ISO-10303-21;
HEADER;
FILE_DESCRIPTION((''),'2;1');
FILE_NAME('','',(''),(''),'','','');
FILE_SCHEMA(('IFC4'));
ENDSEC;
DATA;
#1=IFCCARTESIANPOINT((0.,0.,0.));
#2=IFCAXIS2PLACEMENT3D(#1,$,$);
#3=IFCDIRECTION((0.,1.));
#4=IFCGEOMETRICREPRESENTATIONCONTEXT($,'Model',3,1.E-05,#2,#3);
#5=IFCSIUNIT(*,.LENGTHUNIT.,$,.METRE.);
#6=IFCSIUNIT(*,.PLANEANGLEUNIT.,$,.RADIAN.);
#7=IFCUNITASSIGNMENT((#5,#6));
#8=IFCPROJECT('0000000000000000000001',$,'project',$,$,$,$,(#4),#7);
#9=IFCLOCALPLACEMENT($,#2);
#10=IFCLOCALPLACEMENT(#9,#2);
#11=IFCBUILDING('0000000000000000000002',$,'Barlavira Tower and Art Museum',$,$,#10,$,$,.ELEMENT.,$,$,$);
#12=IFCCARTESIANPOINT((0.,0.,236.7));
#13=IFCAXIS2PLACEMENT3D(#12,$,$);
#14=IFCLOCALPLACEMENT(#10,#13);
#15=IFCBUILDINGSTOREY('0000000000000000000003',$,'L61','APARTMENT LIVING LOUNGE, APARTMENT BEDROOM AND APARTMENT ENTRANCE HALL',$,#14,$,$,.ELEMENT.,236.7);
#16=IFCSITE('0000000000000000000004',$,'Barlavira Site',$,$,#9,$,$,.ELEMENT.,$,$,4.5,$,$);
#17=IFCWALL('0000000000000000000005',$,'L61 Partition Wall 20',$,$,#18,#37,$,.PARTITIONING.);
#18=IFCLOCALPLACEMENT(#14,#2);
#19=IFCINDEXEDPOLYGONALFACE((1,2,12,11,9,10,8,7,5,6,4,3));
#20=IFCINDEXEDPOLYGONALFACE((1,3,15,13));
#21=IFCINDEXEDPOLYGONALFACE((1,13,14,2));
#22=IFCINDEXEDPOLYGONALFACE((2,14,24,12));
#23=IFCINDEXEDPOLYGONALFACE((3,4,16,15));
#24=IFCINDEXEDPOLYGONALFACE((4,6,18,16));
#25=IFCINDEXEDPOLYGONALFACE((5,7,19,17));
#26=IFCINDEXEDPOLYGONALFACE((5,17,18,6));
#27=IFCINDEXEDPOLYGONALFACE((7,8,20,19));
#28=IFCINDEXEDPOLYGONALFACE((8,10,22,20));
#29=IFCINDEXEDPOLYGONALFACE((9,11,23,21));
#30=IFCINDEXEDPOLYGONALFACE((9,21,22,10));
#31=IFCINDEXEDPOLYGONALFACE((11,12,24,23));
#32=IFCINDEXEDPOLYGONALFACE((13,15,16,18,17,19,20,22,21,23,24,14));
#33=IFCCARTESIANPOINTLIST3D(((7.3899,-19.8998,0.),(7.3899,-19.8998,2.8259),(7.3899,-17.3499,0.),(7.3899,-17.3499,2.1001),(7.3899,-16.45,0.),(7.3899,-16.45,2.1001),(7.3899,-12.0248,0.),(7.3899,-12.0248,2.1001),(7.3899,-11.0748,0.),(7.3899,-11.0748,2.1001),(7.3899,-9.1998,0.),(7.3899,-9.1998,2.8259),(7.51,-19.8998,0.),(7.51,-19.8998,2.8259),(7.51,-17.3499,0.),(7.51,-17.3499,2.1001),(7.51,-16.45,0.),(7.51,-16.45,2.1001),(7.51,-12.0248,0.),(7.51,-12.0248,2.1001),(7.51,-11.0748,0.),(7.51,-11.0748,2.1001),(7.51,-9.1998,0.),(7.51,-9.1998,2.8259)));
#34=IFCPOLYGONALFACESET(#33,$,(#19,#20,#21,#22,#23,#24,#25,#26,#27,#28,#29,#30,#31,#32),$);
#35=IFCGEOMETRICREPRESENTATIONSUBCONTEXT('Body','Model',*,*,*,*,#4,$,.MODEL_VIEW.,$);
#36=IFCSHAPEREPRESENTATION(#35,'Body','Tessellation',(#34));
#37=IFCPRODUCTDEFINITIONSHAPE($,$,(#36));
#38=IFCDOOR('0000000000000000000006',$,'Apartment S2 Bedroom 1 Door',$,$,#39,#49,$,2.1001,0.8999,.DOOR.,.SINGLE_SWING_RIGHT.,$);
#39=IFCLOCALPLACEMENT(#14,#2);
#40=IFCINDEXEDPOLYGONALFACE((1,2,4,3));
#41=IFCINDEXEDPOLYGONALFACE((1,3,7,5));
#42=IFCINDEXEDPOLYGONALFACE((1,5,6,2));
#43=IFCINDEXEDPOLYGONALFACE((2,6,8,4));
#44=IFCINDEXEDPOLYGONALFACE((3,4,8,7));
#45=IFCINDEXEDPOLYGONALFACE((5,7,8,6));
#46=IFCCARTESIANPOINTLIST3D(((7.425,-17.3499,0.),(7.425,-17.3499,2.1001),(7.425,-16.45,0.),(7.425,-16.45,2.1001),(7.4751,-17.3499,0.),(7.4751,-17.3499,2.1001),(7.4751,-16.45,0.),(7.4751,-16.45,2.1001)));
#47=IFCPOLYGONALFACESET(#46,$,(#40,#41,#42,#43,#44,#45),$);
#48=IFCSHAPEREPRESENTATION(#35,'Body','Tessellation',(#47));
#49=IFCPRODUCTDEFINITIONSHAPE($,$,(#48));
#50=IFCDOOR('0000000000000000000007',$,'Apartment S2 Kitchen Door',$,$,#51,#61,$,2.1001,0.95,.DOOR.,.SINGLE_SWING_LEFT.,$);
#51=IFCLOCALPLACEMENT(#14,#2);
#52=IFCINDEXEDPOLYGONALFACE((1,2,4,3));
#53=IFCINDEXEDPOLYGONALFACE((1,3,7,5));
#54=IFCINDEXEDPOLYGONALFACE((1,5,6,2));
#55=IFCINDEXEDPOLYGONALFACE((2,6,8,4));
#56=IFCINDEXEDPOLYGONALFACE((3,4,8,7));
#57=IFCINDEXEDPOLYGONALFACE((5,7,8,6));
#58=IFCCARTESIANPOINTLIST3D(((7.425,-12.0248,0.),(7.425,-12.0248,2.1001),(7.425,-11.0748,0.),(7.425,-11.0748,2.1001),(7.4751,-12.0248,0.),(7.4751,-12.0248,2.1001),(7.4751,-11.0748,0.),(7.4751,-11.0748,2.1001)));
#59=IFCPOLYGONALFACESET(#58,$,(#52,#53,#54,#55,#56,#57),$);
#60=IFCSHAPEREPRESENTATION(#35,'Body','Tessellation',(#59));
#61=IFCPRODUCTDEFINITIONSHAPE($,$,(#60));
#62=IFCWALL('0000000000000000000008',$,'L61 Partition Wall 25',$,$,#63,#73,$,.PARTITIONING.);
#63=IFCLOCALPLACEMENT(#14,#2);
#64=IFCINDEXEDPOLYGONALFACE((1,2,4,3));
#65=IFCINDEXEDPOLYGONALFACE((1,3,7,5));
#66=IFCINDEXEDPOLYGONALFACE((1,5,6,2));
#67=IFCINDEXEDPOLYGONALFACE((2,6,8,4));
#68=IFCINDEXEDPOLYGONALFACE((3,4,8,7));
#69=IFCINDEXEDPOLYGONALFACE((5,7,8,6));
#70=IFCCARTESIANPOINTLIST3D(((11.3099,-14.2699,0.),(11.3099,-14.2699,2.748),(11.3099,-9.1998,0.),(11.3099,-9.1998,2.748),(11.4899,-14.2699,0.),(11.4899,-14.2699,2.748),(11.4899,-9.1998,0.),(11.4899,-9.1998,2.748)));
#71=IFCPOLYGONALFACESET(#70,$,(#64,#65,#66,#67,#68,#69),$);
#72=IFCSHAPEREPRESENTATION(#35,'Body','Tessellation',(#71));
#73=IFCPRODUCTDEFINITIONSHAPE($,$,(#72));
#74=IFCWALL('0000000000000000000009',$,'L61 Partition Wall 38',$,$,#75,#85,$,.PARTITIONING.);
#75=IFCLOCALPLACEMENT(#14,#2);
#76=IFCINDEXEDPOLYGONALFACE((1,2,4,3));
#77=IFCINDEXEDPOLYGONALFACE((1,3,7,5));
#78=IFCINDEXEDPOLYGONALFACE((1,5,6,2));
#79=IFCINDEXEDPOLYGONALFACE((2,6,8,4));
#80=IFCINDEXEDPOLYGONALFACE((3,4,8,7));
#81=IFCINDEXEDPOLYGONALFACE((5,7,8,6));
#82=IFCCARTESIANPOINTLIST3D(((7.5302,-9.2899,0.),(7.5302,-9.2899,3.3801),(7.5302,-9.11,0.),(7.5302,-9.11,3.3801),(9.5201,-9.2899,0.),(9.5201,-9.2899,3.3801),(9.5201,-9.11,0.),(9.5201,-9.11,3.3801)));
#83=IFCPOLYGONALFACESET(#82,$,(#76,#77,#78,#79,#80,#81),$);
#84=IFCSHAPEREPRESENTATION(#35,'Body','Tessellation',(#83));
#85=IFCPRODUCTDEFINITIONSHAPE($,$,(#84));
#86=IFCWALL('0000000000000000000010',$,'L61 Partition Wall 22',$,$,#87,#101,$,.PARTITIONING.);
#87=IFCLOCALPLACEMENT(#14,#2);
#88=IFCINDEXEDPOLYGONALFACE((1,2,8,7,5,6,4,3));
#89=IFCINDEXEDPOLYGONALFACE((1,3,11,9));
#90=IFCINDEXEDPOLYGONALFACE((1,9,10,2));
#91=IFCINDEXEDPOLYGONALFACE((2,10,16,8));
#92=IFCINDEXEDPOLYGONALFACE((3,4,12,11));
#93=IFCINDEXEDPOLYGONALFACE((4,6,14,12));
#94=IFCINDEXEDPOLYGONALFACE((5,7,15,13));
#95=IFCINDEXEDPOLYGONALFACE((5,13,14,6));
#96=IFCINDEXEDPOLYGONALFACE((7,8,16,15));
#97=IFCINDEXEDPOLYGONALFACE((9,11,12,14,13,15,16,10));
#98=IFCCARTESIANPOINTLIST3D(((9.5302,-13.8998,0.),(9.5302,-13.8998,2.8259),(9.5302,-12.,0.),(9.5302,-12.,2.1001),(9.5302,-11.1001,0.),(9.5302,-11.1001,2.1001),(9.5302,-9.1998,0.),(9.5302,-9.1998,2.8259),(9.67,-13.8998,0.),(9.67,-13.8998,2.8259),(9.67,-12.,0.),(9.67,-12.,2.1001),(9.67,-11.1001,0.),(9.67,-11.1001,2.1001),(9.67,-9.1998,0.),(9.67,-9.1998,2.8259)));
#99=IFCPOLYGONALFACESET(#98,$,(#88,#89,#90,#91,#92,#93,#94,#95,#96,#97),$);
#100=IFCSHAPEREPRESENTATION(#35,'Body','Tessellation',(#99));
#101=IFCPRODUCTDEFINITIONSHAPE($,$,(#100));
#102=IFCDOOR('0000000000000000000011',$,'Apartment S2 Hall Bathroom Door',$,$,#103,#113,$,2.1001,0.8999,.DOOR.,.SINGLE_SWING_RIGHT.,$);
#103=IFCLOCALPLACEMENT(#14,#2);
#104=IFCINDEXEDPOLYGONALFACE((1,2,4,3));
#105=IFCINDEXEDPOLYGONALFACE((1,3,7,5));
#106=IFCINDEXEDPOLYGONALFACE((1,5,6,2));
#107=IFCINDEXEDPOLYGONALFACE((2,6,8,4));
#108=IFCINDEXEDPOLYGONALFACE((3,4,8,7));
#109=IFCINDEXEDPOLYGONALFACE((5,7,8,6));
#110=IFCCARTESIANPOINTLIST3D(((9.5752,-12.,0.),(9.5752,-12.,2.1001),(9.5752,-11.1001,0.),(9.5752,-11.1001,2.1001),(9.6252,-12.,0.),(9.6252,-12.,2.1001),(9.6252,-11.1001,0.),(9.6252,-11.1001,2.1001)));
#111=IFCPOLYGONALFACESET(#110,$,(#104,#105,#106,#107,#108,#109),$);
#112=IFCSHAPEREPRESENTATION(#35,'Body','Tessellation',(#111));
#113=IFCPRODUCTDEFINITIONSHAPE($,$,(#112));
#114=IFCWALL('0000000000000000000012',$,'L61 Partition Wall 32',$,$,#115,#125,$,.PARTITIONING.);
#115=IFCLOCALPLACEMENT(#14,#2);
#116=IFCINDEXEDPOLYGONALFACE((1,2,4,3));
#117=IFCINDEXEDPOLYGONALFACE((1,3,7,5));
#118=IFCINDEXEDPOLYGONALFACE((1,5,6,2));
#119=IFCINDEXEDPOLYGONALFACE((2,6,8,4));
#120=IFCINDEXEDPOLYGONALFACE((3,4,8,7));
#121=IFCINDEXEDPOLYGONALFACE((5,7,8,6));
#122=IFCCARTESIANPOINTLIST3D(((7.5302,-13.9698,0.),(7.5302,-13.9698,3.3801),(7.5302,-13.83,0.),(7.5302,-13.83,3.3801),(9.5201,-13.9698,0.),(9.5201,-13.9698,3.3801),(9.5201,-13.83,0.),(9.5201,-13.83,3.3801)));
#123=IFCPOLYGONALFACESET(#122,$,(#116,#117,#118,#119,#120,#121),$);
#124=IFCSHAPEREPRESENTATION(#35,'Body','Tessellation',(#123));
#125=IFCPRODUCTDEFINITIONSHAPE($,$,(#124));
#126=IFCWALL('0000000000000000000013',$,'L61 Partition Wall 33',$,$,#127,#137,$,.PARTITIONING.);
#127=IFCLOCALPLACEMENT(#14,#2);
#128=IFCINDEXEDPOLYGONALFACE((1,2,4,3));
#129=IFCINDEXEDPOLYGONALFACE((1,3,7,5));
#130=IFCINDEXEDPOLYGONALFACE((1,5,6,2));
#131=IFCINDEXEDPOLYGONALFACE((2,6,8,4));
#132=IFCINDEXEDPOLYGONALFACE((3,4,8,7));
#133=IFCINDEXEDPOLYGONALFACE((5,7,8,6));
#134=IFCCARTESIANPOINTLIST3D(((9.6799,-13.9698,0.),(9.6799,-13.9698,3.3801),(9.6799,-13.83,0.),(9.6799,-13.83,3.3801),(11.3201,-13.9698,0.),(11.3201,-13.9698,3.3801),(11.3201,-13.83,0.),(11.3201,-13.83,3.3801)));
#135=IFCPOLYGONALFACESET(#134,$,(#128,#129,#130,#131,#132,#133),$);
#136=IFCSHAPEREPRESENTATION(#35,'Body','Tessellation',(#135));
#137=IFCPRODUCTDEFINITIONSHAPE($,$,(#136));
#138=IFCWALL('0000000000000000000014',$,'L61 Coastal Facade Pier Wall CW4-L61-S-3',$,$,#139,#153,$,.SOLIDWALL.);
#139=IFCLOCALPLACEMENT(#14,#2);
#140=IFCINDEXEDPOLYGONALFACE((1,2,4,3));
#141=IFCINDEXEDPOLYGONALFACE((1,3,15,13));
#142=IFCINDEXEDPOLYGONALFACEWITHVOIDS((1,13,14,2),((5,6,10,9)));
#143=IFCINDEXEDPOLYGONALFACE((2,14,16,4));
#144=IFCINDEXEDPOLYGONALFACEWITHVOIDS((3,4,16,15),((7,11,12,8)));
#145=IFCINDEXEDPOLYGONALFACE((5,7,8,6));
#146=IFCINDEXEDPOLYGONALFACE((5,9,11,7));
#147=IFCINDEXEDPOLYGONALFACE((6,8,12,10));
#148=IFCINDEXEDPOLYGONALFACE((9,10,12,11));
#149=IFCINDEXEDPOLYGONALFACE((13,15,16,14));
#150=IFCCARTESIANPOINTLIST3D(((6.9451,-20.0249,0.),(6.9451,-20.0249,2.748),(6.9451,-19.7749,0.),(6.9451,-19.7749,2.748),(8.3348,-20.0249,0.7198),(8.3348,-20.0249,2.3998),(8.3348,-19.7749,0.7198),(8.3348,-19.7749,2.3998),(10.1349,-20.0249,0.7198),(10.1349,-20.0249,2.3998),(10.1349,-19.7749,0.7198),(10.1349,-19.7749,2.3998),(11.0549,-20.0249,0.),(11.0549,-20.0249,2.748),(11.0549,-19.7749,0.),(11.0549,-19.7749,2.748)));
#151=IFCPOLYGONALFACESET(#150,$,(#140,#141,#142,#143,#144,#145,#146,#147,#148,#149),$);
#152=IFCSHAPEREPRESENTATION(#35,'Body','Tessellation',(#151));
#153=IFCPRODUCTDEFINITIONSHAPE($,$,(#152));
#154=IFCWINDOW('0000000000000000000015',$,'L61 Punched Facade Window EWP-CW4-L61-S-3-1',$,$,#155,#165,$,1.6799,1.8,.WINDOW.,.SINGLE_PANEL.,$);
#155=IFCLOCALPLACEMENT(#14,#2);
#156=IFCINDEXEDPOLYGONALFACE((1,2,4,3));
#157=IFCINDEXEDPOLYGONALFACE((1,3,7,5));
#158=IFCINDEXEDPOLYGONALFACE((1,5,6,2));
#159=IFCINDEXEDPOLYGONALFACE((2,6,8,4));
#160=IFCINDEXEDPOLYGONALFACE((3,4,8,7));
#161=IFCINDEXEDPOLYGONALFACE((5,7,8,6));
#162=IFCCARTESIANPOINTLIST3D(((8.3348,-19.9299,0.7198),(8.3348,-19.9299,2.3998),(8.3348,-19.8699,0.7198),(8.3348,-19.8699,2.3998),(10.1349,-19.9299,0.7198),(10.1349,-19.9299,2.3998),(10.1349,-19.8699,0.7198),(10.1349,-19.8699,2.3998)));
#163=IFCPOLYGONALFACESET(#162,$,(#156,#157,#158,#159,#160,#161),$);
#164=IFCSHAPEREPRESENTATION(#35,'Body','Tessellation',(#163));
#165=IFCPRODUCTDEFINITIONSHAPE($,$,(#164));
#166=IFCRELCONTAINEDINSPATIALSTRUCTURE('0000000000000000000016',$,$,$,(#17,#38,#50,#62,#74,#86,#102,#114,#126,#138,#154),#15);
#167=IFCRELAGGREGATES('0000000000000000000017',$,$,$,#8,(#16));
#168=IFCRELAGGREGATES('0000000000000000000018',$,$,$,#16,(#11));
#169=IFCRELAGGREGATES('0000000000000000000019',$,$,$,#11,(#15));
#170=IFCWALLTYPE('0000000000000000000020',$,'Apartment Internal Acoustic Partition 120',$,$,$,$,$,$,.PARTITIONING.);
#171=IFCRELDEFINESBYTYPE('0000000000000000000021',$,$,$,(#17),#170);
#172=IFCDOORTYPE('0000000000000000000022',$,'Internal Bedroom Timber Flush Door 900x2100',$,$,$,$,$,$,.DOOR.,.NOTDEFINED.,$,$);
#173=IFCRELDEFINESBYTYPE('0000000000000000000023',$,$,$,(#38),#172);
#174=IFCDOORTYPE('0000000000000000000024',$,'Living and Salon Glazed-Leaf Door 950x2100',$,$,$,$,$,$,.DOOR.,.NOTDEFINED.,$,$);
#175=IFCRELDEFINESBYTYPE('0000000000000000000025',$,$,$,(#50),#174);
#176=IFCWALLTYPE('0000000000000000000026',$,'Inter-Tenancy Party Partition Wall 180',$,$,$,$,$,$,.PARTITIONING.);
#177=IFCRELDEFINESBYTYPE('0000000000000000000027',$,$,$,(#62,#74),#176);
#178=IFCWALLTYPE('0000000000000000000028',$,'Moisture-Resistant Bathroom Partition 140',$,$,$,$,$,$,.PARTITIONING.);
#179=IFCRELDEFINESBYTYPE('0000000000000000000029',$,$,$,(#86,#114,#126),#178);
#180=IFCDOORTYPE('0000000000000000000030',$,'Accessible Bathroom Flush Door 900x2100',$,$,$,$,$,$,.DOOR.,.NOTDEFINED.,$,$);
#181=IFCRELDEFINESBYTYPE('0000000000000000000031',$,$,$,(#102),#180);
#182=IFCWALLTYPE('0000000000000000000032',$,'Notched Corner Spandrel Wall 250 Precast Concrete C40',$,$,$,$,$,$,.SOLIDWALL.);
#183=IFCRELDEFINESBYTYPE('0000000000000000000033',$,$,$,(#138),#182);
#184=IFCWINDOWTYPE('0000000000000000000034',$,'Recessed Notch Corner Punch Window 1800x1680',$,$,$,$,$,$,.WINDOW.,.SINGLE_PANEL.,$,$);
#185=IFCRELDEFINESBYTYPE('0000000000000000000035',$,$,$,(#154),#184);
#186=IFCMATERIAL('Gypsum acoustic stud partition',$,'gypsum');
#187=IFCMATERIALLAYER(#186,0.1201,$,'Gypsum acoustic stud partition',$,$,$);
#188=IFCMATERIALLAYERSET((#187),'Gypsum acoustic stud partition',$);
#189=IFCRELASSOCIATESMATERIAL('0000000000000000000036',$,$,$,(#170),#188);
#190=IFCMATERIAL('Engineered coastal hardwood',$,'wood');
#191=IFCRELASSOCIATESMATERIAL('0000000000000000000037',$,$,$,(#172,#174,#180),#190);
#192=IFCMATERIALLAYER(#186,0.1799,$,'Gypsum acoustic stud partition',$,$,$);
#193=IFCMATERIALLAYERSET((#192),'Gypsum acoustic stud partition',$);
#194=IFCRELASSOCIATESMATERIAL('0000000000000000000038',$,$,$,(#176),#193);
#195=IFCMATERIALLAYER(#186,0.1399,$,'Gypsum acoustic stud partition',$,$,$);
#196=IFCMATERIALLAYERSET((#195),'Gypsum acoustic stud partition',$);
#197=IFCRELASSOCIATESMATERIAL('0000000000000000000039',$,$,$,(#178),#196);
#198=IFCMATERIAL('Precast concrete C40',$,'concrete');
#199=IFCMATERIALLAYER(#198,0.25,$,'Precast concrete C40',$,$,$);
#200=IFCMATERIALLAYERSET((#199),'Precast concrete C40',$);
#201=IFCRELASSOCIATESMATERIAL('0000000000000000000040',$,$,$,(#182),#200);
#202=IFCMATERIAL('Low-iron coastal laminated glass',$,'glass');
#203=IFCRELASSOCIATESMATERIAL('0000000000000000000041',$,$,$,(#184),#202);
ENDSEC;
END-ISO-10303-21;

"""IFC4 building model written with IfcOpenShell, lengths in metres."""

from ifc_helpers import new_model, si_unit, direction, frame, frame_2d, origin, place, context, subcontext, project, spatial, rectangle, extrude, material, layer, layer_set, type_object, element, fill, save


model = new_model("IFC4")

# Units and contexts
model_context = context("Model", 3, precision=1e-05, world=origin(), true_north=direction((0.0, 1.0)))
body_context = subcontext(model_context, "Body", "Model", "MODEL_VIEW")
ifc_project = project(units=[si_unit("LENGTHUNIT", "METRE"), si_unit("PLANEANGLEUNIT", "RADIAN")], contexts=[model_context])

# Site, building, storey
site_placement = place(None, origin())
site = spatial("IfcSite", under=ifc_project, at=site_placement, Name="Barlavira Site", CompositionType="ELEMENT", RefElevation=4.5)
building_placement = place(site_placement, origin())
building = spatial("IfcBuilding", under=site, at=building_placement, Name="Barlavira Tower and Art Museum", CompositionType="ELEMENT")
storey_placement = place(building_placement, frame((0.0, 0.0, 236.7)))
storey = spatial("IfcBuildingStorey", under=building, at=storey_placement, Name="L61", Description="APARTMENT LIVING LOUNGE, APARTMENT BEDROOM AND APARTMENT ENTRANCE HALL", CompositionType="ELEMENT", Elevation=236.7)

# Wall, openings, doors
ifc_material_1 = material(Name="Gypsum acoustic stud partition", Category="gypsum")
ifc_layer_1 = layer(ifc_material_1, 0.1201, Name="Gypsum acoustic stud partition")
ifc_layer_set_1 = layer_set([ifc_layer_1], Name="Gypsum acoustic stud partition")
wall_type_1 = type_object("IfcWallType", Name="Apartment Internal Acoustic Partition 120", PredefinedType="PARTITIONING", material=ifc_layer_set_1)
wall_1_placement = place(storey_placement, frame((7.45, -19.8999, 0.0), z_axis=(0.0, 0.0, 1.0), x_axis=(0.0, 1.0, 0.0)))
wall_1 = element("IfcWall", 1, at=wall_1_placement, inside=storey, type_object=wall_type_1, Name="L61 Partition Wall 20", PredefinedType="PARTITIONING", context=body_context, shape_type="SweptSolid", body=[
    extrude(rectangle(XDim=10.7, YDim=0.1201, at=frame_2d((5.3501, 0.0))), origin(), (0.0, 0.0, 1.0), 2.8259),
])
opening_1_placement = place(wall_1_placement, frame((7.875, 0.0, 0.0)))
opening_1 = element("IfcOpeningElement", 2, at=opening_1_placement, cuts=wall_1, PredefinedType="OPENING", context=body_context, shape_type="SweptSolid", body=[
    extrude(rectangle(XDim=0.95, YDim=2.1001, at=frame_2d((0.4751, 1.05))), frame((0.0, 0.0701, 0.0), z_axis=(0.0, -1.0, 0.0), x_axis=(1.0, 0.0, 0.0)), (0.0, 0.0, 1.0), 0.1401),
])
opening_2_placement = place(wall_1_placement, frame((2.55, 0.0, 0.0)))
opening_2 = element("IfcOpeningElement", 3, at=opening_2_placement, cuts=wall_1, PredefinedType="OPENING", context=body_context, shape_type="SweptSolid", body=[
    extrude(rectangle(XDim=0.8999, YDim=2.1001, at=frame_2d((0.45, 1.05))), frame((0.0, 0.0701, 0.0), z_axis=(0.0, -1.0, 0.0), x_axis=(1.0, 0.0, 0.0)), (0.0, 0.0, 1.0), 0.1401),
])
ifc_material_2 = material(Name="Engineered coastal hardwood", Category="wood")
door_type_1 = type_object("IfcDoorType", Name="Internal Bedroom Timber Flush Door 900x2100", OperationType="NOTDEFINED", PredefinedType="DOOR", material=ifc_material_2)
door_1_placement = place(opening_2_placement, origin())
door_1 = element("IfcDoor", 4, at=door_1_placement, inside=storey, type_object=door_type_1, Name="Apartment S2 Bedroom 1 Door", OperationType="SINGLE_SWING_RIGHT", OverallHeight=2.1001, OverallWidth=0.8999, PredefinedType="DOOR", context=body_context, shape_type="SweptSolid", body=[
    extrude(rectangle(XDim=0.8999, YDim=2.1001, at=frame_2d((0.45, 1.05))), frame((0.0, 0.0249, 0.0), z_axis=(0.0, -1.0, 0.0), x_axis=(1.0, 0.0, 0.0)), (0.0, 0.0, 1.0), 0.05),
])
fill(opening_2, door_1)
door_type_2 = type_object("IfcDoorType", Name="Living and Salon Glazed-Leaf Door 950x2100", OperationType="NOTDEFINED", PredefinedType="DOOR", material=ifc_material_2)
door_2_placement = place(opening_1_placement, origin())
door_2 = element("IfcDoor", 5, at=door_2_placement, inside=storey, type_object=door_type_2, Name="Apartment S2 Kitchen Door", OperationType="SINGLE_SWING_LEFT", OverallHeight=2.1001, OverallWidth=0.95, PredefinedType="DOOR", context=body_context, shape_type="SweptSolid", body=[
    extrude(rectangle(XDim=0.95, YDim=2.1001, at=frame_2d((0.4751, 1.05))), frame((0.0, 0.0249, 0.0), z_axis=(0.0, -1.0, 0.0), x_axis=(1.0, 0.0, 0.0)), (0.0, 0.0, 1.0), 0.05),
])
fill(opening_1, door_2)

# Walls
ifc_layer_2 = layer(ifc_material_1, 0.1799, Name="Gypsum acoustic stud partition")
ifc_layer_set_2 = layer_set([ifc_layer_2], Name="Gypsum acoustic stud partition")
wall_type_2 = type_object("IfcWallType", Name="Inter-Tenancy Party Partition Wall 180", PredefinedType="PARTITIONING", material=ifc_layer_set_2)
wall_2_placement = place(storey_placement, frame((11.3999, -14.27, 0.0), z_axis=(0.0, 0.0, 1.0), x_axis=(0.0, 1.0, 0.0)))
element("IfcWall", 6, at=wall_2_placement, inside=storey, type_object=wall_type_2, Name="L61 Partition Wall 25", PredefinedType="PARTITIONING", context=body_context, shape_type="SweptSolid", body=[
    extrude(rectangle(XDim=5.0701, YDim=0.1799, at=frame_2d((2.5352, 0.0))), origin(), (0.0, 0.0, 1.0), 2.748),
])
wall_3_placement = place(storey_placement, frame((7.53, -9.2, 0.0), z_axis=(0.0, 0.0, 1.0), x_axis=(1.0, 0.0, 0.0)))
element("IfcWall", 7, at=wall_3_placement, inside=storey, type_object=wall_type_2, Name="L61 Partition Wall 38", PredefinedType="PARTITIONING", context=body_context, shape_type="SweptSolid", body=[
    extrude(rectangle(XDim=1.99, YDim=0.1799, at=frame_2d((0.9951, 0.0))), origin(), (0.0, 0.0, 1.0), 3.3801),
])

# Wall, opening, door
ifc_layer_3 = layer(ifc_material_1, 0.1399, Name="Gypsum acoustic stud partition")
ifc_layer_set_3 = layer_set([ifc_layer_3], Name="Gypsum acoustic stud partition")
wall_type_3 = type_object("IfcWallType", Name="Moisture-Resistant Bathroom Partition 140", PredefinedType="PARTITIONING", material=ifc_layer_set_3)
wall_4_placement = place(storey_placement, frame((9.6001, -13.8999, 0.0), z_axis=(0.0, 0.0, 1.0), x_axis=(0.0, 1.0, 0.0)))
wall_4 = element("IfcWall", 8, at=wall_4_placement, inside=storey, type_object=wall_type_3, Name="L61 Partition Wall 22", PredefinedType="PARTITIONING", context=body_context, shape_type="SweptSolid", body=[
    extrude(rectangle(XDim=4.7, YDim=0.1399, at=frame_2d((2.3501, 0.0))), origin(), (0.0, 0.0, 1.0), 2.8259),
])
opening_3_placement = place(wall_4_placement, frame((1.8999, 0.0, 0.0)))
opening_3 = element("IfcOpeningElement", 9, at=opening_3_placement, cuts=wall_4, PredefinedType="OPENING", context=body_context, shape_type="SweptSolid", body=[
    extrude(rectangle(XDim=0.8999, YDim=2.1001, at=frame_2d((0.45, 1.05))), frame((0.0, 0.0801, 0.0), z_axis=(0.0, -1.0, 0.0), x_axis=(1.0, 0.0, 0.0)), (0.0, 0.0, 1.0), 0.1599),
])
door_type_3 = type_object("IfcDoorType", Name="Accessible Bathroom Flush Door 900x2100", OperationType="NOTDEFINED", PredefinedType="DOOR", material=ifc_material_2)
door_3_placement = place(opening_3_placement, origin())
door_3 = element("IfcDoor", 10, at=door_3_placement, inside=storey, type_object=door_type_3, Name="Apartment S2 Hall Bathroom Door", OperationType="SINGLE_SWING_RIGHT", OverallHeight=2.1001, OverallWidth=0.8999, PredefinedType="DOOR", context=body_context, shape_type="SweptSolid", body=[
    extrude(rectangle(XDim=0.8999, YDim=2.1001, at=frame_2d((0.45, 1.05))), frame((0.0, 0.0249, 0.0), z_axis=(0.0, -1.0, 0.0), x_axis=(1.0, 0.0, 0.0)), (0.0, 0.0, 1.0), 0.05),
])
fill(opening_3, door_3)

# Walls
wall_5_placement = place(storey_placement, frame((7.53, -13.8999, 0.0), z_axis=(0.0, 0.0, 1.0), x_axis=(1.0, 0.0, 0.0)))
element("IfcWall", 11, at=wall_5_placement, inside=storey, type_object=wall_type_3, Name="L61 Partition Wall 32", PredefinedType="PARTITIONING", context=body_context, shape_type="SweptSolid", body=[
    extrude(rectangle(XDim=1.99, YDim=0.1399, at=frame_2d((0.9951, 0.0))), origin(), (0.0, 0.0, 1.0), 3.3801),
])
wall_6_placement = place(storey_placement, frame((9.6799, -13.8999, 0.0), z_axis=(0.0, 0.0, 1.0), x_axis=(1.0, 0.0, 0.0)))
element("IfcWall", 12, at=wall_6_placement, inside=storey, type_object=wall_type_3, Name="L61 Partition Wall 33", PredefinedType="PARTITIONING", context=body_context, shape_type="SweptSolid", body=[
    extrude(rectangle(XDim=1.6401, YDim=0.1399, at=frame_2d((0.8201, 0.0))), origin(), (0.0, 0.0, 1.0), 3.3801),
])

# Wall, opening, window
ifc_material_3 = material(Name="Precast concrete C40", Category="concrete")
ifc_layer_4 = layer(ifc_material_3, 0.25, Name="Precast concrete C40")
ifc_layer_set_4 = layer_set([ifc_layer_4], Name="Precast concrete C40")
wall_type_4 = type_object("IfcWallType", Name="Notched Corner Spandrel Wall 250 Precast Concrete C40", PredefinedType="SOLIDWALL", material=ifc_layer_set_4)
wall_7_placement = place(storey_placement, frame((6.9451, -19.8999, 0.0), z_axis=(0.0, 0.0, 1.0), x_axis=(1.0, 0.0, 0.0)))
wall_7 = element("IfcWall", 13, at=wall_7_placement, inside=storey, type_object=wall_type_4, Name="L61 Coastal Facade Pier Wall CW4-L61-S-3", PredefinedType="SOLIDWALL", context=body_context, shape_type="SweptSolid", body=[
    extrude(rectangle(XDim=4.1099, YDim=0.25, at=frame_2d((2.0549, 0.0))), origin(), (0.0, 0.0, 1.0), 2.748),
])
opening_4_placement = place(wall_7_placement, frame((1.3899, 0.0, 0.72)))
opening_4 = element("IfcOpeningElement", 14, at=opening_4_placement, cuts=wall_7, PredefinedType="OPENING", context=body_context, shape_type="SweptSolid", body=[
    extrude(rectangle(XDim=1.8, YDim=1.6799, at=frame_2d((0.8999, 0.8398))), frame((0.0, 0.135, 0.0), z_axis=(0.0, -1.0, 0.0), x_axis=(1.0, 0.0, 0.0)), (0.0, 0.0, 1.0), 0.27),
])
ifc_material_4 = material(Name="Low-iron coastal laminated glass", Category="glass")
window_type = type_object("IfcWindowType", Name="Recessed Notch Corner Punch Window 1800x1680", PartitioningType="SINGLE_PANEL", PredefinedType="WINDOW", material=ifc_material_4)
window_1_placement = place(opening_4_placement, origin())
window_1 = element("IfcWindow", 15, at=window_1_placement, inside=storey, type_object=window_type, Name="L61 Punched Facade Window EWP-CW4-L61-S-3-1", OverallHeight=1.6799, OverallWidth=1.8, PartitioningType="SINGLE_PANEL", PredefinedType="WINDOW", context=body_context, shape_type="SweptSolid", body=[
    extrude(rectangle(XDim=1.8, YDim=1.6799, at=frame_2d((0.8999, 0.8398))), frame((0.0, 0.03, 0.0), z_axis=(0.0, -1.0, 0.0), x_axis=(1.0, 0.0, 0.0)), (0.0, 0.0, 1.0), 0.0601),
])
fill(opening_4, window_1)

save(model, "model.ifc")
